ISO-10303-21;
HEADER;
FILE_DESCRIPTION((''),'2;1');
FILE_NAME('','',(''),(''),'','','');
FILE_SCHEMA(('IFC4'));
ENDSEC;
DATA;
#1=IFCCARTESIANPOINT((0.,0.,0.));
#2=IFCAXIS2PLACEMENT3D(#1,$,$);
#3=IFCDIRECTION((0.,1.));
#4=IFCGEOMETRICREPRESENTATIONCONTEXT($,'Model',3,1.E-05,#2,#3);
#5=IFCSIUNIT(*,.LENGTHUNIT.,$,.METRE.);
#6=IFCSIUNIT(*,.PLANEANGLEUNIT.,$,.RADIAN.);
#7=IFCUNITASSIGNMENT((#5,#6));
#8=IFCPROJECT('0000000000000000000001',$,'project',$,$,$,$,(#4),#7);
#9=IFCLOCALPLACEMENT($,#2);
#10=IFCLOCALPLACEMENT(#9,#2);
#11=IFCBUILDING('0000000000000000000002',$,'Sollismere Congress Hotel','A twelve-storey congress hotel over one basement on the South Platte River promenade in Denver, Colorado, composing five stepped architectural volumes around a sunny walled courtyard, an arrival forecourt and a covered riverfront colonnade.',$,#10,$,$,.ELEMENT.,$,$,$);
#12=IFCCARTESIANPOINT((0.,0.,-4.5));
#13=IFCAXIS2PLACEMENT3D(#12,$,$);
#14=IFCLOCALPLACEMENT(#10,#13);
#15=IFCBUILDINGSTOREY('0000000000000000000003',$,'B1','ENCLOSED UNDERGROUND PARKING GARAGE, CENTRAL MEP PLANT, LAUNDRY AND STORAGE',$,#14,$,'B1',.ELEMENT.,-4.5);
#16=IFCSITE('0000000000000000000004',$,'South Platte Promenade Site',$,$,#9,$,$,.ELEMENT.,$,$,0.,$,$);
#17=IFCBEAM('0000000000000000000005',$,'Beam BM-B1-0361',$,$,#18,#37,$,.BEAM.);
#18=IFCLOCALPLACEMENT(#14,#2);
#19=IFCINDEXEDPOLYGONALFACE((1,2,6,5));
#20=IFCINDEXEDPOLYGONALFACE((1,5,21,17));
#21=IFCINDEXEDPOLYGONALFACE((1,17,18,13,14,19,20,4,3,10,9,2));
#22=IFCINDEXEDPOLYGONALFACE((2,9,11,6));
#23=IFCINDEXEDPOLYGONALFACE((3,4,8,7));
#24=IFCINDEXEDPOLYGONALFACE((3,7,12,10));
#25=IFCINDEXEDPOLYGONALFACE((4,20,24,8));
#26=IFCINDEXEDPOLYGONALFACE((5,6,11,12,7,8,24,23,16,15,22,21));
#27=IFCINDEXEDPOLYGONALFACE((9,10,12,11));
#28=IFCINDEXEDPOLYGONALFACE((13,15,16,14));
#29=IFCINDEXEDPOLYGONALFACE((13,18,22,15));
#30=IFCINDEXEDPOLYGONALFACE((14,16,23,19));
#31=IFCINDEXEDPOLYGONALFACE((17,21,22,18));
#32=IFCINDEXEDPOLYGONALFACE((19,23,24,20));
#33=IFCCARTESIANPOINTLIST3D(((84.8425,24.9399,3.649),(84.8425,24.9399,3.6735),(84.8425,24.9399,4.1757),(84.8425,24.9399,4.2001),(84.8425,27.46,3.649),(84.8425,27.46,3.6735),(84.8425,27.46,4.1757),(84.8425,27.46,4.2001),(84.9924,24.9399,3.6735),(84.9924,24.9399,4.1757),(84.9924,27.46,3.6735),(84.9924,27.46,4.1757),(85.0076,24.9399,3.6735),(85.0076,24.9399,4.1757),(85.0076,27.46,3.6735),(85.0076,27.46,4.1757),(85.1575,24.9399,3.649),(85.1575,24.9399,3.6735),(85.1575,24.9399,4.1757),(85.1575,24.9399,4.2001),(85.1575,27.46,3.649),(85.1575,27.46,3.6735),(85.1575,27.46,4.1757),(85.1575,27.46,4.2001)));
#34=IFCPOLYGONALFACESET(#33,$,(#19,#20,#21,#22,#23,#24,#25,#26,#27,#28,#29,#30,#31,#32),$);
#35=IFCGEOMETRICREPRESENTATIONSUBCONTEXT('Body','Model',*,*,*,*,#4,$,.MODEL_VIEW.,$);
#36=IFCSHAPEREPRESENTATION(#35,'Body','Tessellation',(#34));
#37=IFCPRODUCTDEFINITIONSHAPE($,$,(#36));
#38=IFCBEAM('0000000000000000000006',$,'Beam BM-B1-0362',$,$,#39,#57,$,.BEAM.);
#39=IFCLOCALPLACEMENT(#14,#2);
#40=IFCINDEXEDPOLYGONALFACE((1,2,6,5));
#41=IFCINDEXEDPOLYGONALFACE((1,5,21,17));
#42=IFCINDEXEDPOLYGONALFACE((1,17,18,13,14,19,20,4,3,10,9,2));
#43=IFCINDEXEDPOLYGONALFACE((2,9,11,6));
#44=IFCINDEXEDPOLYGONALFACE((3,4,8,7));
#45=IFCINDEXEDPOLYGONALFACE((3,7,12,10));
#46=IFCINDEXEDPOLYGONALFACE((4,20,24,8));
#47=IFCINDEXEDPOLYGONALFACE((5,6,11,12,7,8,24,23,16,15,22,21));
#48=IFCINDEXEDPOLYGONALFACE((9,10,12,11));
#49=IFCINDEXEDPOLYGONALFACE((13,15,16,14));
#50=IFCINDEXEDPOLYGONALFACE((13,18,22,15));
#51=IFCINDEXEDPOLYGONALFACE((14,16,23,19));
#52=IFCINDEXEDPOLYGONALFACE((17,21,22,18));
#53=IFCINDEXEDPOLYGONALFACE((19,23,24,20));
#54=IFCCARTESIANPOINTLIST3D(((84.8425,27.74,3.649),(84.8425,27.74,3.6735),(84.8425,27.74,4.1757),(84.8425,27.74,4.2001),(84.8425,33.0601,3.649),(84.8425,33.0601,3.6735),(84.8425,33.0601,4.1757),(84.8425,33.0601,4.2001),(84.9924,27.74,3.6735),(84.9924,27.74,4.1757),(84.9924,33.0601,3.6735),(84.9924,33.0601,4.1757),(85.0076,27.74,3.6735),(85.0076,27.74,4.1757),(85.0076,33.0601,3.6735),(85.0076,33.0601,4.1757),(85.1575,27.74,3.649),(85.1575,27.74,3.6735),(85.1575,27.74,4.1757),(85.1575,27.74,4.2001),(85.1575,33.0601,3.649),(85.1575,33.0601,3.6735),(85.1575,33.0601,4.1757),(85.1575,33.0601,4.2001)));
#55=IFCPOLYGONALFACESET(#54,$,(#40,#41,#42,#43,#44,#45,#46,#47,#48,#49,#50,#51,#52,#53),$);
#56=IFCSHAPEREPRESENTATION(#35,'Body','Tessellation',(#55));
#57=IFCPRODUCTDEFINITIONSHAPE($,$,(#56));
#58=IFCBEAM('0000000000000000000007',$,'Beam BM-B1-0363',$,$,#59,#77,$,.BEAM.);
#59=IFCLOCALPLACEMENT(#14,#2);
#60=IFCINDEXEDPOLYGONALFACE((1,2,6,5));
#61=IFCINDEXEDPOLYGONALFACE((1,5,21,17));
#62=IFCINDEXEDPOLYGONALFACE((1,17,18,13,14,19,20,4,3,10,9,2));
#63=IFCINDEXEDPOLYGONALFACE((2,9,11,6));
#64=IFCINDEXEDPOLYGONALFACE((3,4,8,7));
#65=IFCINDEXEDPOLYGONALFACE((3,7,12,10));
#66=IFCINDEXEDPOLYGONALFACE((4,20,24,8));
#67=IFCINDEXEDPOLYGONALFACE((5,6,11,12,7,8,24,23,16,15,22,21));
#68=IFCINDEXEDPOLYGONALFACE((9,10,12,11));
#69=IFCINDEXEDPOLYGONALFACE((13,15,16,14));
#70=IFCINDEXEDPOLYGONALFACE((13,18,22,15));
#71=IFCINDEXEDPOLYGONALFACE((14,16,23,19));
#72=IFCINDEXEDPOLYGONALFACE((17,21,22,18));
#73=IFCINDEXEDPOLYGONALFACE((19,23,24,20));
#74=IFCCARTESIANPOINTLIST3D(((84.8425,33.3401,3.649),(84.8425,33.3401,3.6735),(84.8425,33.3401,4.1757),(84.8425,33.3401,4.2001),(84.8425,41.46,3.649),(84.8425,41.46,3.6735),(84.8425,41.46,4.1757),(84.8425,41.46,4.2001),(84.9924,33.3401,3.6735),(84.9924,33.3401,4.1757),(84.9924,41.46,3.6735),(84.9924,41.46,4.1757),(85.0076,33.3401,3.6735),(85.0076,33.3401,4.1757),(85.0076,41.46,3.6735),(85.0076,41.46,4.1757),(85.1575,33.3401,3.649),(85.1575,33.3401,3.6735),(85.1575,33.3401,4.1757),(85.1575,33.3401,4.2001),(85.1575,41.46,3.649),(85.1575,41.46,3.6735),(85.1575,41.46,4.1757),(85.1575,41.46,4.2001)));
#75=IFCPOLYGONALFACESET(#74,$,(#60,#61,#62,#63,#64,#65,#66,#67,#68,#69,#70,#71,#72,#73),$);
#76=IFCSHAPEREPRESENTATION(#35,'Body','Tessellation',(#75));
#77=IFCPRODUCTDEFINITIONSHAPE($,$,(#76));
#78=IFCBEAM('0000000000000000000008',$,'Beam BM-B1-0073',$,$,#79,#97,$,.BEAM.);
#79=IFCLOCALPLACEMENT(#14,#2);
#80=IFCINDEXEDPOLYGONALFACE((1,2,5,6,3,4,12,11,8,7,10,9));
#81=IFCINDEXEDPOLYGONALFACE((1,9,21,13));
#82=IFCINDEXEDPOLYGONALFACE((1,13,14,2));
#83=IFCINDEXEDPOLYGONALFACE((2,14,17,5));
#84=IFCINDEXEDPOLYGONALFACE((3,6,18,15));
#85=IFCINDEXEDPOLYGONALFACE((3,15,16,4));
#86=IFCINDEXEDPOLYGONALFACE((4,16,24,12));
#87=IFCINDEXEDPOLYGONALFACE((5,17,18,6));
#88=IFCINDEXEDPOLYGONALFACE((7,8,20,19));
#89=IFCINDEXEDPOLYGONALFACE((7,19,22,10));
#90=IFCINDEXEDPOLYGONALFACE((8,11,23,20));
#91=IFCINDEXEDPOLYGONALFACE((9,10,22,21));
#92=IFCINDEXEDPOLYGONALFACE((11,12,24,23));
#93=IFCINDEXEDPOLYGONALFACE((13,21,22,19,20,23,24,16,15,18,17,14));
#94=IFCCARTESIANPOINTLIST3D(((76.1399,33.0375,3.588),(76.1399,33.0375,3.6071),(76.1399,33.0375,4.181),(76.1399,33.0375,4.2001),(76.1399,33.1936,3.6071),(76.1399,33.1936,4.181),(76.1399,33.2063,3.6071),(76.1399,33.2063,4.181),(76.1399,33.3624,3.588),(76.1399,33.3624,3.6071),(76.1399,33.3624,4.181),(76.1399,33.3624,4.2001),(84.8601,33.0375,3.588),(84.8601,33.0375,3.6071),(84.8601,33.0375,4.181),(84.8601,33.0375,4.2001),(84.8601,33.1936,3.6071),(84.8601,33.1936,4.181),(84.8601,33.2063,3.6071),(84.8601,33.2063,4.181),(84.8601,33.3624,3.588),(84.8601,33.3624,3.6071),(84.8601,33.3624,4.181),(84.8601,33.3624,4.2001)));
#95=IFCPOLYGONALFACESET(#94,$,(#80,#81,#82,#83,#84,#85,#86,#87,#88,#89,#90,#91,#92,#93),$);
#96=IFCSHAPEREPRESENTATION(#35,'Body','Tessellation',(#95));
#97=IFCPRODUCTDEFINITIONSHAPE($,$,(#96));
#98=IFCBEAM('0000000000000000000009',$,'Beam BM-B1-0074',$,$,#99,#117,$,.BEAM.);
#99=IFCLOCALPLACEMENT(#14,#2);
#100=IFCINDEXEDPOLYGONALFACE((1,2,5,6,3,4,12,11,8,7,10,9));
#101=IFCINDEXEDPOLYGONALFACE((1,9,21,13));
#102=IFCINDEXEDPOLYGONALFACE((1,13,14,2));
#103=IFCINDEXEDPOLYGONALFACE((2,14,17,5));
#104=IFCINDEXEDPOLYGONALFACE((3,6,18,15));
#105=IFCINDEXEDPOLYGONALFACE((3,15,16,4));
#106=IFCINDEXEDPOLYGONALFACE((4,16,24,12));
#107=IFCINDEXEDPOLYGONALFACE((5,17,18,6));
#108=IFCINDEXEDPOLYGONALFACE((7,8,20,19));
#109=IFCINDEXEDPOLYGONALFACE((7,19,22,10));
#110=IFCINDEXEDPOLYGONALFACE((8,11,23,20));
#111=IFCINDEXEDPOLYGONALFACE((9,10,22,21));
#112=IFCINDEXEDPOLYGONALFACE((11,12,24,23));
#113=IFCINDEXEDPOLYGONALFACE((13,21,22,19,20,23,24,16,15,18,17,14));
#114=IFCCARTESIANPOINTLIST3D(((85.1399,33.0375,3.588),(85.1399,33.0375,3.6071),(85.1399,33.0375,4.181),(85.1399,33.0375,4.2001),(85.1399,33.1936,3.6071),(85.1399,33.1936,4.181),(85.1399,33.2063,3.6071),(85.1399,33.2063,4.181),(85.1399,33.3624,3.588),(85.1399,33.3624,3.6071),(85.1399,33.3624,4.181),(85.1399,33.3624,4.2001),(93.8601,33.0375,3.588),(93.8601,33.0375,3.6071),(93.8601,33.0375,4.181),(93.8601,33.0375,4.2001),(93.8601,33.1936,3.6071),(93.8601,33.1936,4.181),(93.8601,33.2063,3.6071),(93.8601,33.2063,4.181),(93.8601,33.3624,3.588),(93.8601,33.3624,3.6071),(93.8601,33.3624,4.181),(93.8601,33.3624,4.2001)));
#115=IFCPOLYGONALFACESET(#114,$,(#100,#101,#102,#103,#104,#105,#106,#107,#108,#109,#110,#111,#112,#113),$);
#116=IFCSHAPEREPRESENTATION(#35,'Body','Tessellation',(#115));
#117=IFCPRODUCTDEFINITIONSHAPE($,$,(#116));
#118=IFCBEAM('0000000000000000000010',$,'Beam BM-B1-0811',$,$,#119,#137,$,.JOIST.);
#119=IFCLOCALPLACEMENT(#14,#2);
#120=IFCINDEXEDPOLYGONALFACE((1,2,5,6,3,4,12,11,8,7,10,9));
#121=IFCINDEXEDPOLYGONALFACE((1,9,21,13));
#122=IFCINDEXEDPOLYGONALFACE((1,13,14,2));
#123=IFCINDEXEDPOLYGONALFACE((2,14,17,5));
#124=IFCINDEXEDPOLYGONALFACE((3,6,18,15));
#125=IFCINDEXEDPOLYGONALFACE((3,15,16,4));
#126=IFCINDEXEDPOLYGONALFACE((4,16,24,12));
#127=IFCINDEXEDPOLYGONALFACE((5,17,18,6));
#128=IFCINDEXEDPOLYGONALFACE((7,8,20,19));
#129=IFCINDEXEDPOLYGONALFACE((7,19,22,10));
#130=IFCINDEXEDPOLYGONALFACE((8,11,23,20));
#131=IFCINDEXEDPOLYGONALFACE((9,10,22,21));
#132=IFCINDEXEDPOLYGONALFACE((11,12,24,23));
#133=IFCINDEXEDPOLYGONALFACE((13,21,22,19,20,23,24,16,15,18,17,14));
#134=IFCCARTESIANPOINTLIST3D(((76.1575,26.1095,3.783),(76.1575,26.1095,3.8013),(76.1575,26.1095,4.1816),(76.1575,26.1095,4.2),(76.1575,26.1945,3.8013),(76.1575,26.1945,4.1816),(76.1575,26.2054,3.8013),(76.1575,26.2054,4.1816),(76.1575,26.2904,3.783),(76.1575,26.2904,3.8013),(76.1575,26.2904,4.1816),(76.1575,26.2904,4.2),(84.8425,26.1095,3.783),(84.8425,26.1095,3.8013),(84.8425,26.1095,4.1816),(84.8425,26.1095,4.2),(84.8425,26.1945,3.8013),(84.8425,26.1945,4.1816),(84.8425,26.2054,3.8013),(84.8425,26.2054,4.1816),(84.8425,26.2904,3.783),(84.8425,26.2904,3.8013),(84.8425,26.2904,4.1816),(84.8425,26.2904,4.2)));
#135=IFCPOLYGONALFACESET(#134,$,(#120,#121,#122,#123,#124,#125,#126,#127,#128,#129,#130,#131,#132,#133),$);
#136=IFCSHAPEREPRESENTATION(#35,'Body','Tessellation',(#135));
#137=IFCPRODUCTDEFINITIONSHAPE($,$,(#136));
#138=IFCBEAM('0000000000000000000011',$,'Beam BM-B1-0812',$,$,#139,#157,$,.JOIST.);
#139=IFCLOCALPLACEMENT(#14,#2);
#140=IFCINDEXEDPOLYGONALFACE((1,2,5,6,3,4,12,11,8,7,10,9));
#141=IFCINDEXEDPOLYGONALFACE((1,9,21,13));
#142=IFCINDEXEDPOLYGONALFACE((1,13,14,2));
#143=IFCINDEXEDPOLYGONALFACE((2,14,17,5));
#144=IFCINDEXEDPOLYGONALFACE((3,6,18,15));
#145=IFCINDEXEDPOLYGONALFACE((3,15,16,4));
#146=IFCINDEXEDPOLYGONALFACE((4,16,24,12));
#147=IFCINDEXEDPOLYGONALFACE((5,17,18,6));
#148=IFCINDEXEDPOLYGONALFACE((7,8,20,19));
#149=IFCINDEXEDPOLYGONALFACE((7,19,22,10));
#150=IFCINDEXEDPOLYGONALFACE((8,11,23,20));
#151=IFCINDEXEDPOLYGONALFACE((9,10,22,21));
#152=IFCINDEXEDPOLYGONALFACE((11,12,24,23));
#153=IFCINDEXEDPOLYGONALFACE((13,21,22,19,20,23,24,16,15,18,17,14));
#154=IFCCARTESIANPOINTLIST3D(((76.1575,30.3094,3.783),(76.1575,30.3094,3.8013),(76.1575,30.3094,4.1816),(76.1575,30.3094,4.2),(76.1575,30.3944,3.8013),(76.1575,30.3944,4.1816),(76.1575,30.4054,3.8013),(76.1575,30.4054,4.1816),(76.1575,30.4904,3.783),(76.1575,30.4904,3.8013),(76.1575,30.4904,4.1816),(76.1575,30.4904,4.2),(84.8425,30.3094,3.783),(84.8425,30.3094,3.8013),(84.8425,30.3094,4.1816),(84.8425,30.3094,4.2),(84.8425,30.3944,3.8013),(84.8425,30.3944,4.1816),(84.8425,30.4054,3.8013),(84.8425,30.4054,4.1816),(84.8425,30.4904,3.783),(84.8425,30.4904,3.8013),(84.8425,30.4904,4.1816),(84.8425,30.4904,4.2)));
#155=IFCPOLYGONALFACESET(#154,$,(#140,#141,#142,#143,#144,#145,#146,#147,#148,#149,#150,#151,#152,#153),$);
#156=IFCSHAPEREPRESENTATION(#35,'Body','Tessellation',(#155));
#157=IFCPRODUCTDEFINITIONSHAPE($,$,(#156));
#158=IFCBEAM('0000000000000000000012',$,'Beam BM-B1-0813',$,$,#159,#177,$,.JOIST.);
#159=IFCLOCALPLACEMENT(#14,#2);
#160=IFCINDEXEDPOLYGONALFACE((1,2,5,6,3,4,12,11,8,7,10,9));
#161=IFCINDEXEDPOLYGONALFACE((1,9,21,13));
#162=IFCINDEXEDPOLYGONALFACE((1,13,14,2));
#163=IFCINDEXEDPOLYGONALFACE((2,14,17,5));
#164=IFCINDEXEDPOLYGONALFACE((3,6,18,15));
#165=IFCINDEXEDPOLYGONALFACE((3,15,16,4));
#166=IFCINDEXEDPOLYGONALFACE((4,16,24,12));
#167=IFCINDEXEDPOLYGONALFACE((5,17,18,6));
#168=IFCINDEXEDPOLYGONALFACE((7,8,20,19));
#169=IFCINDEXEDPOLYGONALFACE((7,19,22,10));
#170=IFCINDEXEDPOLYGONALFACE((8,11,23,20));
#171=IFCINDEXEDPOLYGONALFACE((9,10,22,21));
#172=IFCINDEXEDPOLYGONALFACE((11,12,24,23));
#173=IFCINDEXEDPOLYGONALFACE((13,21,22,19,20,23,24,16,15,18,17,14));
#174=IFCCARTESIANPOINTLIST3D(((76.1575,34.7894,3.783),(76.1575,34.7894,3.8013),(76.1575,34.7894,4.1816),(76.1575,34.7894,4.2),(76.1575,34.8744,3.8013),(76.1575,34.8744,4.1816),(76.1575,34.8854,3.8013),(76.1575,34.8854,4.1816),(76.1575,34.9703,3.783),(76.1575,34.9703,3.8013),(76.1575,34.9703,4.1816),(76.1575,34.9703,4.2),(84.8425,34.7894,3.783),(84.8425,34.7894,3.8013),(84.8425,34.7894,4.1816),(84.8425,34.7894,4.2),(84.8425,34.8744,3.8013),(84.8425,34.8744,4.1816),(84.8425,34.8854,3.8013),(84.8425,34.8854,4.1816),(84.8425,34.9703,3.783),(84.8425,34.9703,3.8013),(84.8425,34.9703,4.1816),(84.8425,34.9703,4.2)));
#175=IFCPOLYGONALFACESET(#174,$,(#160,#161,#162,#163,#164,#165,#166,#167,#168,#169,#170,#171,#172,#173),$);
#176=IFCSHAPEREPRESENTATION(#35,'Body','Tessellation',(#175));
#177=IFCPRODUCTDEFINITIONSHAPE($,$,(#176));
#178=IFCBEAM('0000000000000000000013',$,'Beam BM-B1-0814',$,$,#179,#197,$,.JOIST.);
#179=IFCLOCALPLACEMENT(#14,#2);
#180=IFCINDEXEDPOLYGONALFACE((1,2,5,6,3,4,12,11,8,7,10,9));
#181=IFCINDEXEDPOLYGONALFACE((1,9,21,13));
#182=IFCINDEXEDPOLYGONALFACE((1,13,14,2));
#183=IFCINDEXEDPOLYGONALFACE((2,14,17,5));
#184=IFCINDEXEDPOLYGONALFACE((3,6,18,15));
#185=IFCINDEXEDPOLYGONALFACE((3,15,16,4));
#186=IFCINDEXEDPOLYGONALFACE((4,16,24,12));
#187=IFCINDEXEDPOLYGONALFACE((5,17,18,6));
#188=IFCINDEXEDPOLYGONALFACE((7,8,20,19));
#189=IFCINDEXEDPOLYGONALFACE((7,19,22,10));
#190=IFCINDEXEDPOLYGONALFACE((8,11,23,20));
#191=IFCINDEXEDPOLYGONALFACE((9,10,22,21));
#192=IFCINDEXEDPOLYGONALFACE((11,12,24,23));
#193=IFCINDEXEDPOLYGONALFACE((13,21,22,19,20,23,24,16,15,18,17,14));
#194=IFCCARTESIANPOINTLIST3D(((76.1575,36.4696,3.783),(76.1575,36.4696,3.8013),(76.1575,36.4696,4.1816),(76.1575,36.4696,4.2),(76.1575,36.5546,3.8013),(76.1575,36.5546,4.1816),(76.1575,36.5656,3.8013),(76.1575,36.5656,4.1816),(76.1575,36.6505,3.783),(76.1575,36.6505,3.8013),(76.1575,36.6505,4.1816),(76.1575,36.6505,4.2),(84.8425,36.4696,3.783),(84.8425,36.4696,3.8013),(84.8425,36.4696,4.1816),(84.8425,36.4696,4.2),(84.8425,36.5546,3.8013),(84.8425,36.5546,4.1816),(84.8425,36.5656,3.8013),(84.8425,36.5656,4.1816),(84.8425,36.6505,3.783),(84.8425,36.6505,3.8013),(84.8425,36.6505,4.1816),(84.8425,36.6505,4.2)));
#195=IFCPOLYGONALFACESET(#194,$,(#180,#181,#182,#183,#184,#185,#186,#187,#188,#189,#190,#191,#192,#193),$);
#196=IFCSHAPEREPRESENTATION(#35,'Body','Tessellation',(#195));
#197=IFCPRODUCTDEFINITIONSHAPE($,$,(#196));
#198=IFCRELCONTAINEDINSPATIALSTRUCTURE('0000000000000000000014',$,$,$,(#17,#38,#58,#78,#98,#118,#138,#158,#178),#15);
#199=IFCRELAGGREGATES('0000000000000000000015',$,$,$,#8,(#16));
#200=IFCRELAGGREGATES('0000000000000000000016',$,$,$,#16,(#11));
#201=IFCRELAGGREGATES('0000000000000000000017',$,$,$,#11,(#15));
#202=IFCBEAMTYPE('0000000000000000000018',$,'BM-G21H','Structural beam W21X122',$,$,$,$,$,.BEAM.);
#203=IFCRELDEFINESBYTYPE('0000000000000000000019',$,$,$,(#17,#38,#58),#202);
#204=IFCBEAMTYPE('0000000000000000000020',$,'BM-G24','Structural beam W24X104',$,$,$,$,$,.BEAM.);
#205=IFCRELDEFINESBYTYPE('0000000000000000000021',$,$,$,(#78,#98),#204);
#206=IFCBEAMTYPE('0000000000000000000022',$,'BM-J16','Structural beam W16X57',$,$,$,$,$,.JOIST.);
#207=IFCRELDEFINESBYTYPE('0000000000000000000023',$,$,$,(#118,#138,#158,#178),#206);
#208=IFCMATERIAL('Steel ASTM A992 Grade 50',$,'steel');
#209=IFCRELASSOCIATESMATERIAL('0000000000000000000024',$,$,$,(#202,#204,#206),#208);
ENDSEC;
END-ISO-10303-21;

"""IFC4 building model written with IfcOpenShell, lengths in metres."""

from ifc_helpers import new_model, si_unit, direction, frame, origin, origin_2d, place, context, subcontext, project, spatial, i_section, extrude, material, material_profile, profile_set, type_object, element, save


model = new_model("IFC4")

# Units and contexts
model_context = context("Model", 3, precision=1e-05, world=origin(), true_north=direction((0.0, 1.0)))
body_context = subcontext(model_context, "Body", "Model", "MODEL_VIEW")
ifc_project = project(units=[si_unit("LENGTHUNIT", "METRE"), si_unit("PLANEANGLEUNIT", "RADIAN")], contexts=[model_context])

# Site, building, storey
site_placement = place(None, origin())
site = spatial("IfcSite", under=ifc_project, at=site_placement, Name="South Platte Promenade Site", CompositionType="ELEMENT", RefElevation=0.0)
building_placement = place(site_placement, origin())
building = spatial("IfcBuilding", under=site, at=building_placement, Name="Sollismere Congress Hotel", Description="A twelve-storey congress hotel over one basement on the South Platte River promenade in Denver, Colorado, composing five stepped architectural volumes around a sunny walled courtyard, an arrival forecourt and a covered riverfront colonnade.", CompositionType="ELEMENT")
storey_placement = place(building_placement, frame((0.0, 0.0, -4.5)))
storey = spatial("IfcBuildingStorey", under=building, at=storey_placement, Name="B1", Description="ENCLOSED UNDERGROUND PARKING GARAGE, CENTRAL MEP PLANT, LAUNDRY AND STORAGE", LongName="B1", CompositionType="ELEMENT", Elevation=-4.5)

# Beams
ifc_material_1 = material(Name="Steel ASTM A992 Grade 50", Category="steel")
ifc_material_profile_1 = material_profile(ifc_material_1, i_section(OverallWidth=0.3149, OverallDepth=0.551, WebThickness=0.0151, FlangeThickness=0.0244, at=origin_2d()), Name="W21X122")
ifc_profile_set_1 = profile_set([ifc_material_profile_1], Name="Steel ASTM A992 Grade 50")
beam_type_1 = type_object("IfcBeamType", Name="BM-G21H", Description="Structural beam W21X122", PredefinedType="BEAM", material=ifc_profile_set_1)
beam_1_placement = place(storey_placement, frame((85.0, 24.9399, 3.9246), z_axis=(0.0, 1.0, 0.0), x_axis=(-1.0, 0.0, 0.0)))
element("IfcBeam", 1, at=beam_1_placement, inside=storey, type_object=beam_type_1, Name="Beam BM-B1-0361", PredefinedType="BEAM", context=body_context, shape_type="SweptSolid", body=[
    extrude(i_section(OverallWidth=0.3149, OverallDepth=0.551, WebThickness=0.0151, FlangeThickness=0.0244, at=origin_2d()), origin(), (0.0, 0.0, 1.0), 2.52),
])
beam_2_placement = place(storey_placement, frame((85.0, 27.74, 3.9246), z_axis=(0.0, 1.0, 0.0), x_axis=(-1.0, 0.0, 0.0)))
element("IfcBeam", 2, at=beam_2_placement, inside=storey, type_object=beam_type_1, Name="Beam BM-B1-0362", PredefinedType="BEAM", context=body_context, shape_type="SweptSolid", body=[
    extrude(i_section(OverallWidth=0.3149, OverallDepth=0.551, WebThickness=0.0151, FlangeThickness=0.0244, at=origin_2d()), origin(), (0.0, 0.0, 1.0), 5.3201),
])
beam_3_placement = place(storey_placement, frame((85.0, 33.3401, 3.9246), z_axis=(0.0, 1.0, 0.0), x_axis=(-1.0, 0.0, 0.0)))
element("IfcBeam", 3, at=beam_3_placement, inside=storey, type_object=beam_type_1, Name="Beam BM-B1-0363", PredefinedType="BEAM", context=body_context, shape_type="SweptSolid", body=[
    extrude(i_section(OverallWidth=0.3149, OverallDepth=0.551, WebThickness=0.0151, FlangeThickness=0.0244, at=origin_2d()), origin(), (0.0, 0.0, 1.0), 8.1199),
])
ifc_material_profile_2 = material_profile(ifc_material_1, i_section(OverallWidth=0.325, OverallDepth=0.6121, WebThickness=0.0127, FlangeThickness=0.019, at=origin_2d()), Name="W24X104")
ifc_profile_set_2 = profile_set([ifc_material_profile_2], Name="Steel ASTM A992 Grade 50")
beam_type_2 = type_object("IfcBeamType", Name="BM-G24", Description="Structural beam W24X104", PredefinedType="BEAM", material=ifc_profile_set_2)
for number, where, z_axis, x_axis, name in (
    (4, (76.1399, 33.2, 3.894), (1.0, 0.0, 0.0), (0.0, 1.0, 0.0), "Beam BM-B1-0073"),
    (5, (85.1399, 33.2, 3.894), (1.0, 0.0, 0.0), (0.0, 1.0, 0.0), "Beam BM-B1-0074"),
):
    element("IfcBeam", number, at=place(storey_placement, frame(where, z_axis=z_axis, x_axis=x_axis)), inside=storey, type_object=beam_type_2, Name=name, PredefinedType="BEAM", context=body_context, shape_type="SweptSolid", body=[
        extrude(i_section(OverallWidth=0.325, OverallDepth=0.6121, WebThickness=0.0127, FlangeThickness=0.019, at=origin_2d()), origin(), (0.0, 0.0, 1.0), 8.7202),
    ])
ifc_material_profile_3 = material_profile(ifc_material_1, i_section(OverallWidth=0.1809, OverallDepth=0.417, WebThickness=0.011, FlangeThickness=0.0183, at=origin_2d()), Name="W16X57")
ifc_profile_set_3 = profile_set([ifc_material_profile_3], Name="Steel ASTM A992 Grade 50")
beam_type_3 = type_object("IfcBeamType", Name="BM-J16", Description="Structural beam W16X57", PredefinedType="JOIST", material=ifc_profile_set_3)
for number, where, z_axis, x_axis, name in (
    (6, (76.1575, 26.2, 3.9915), (1.0, 0.0, 0.0), (0.0, 1.0, 0.0), "Beam BM-B1-0811"),
    (7, (76.1575, 30.3999, 3.9915), (1.0, 0.0, 0.0), (0.0, 1.0, 0.0), "Beam BM-B1-0812"),
    (8, (76.1575, 34.8799, 3.9915), (1.0, 0.0, 0.0), (0.0, 1.0, 0.0), "Beam BM-B1-0813"),
    (9, (76.1575, 36.5601, 3.9915), (1.0, 0.0, 0.0), (0.0, 1.0, 0.0), "Beam BM-B1-0814"),
):
    element("IfcBeam", number, at=place(storey_placement, frame(where, z_axis=z_axis, x_axis=x_axis)), inside=storey, type_object=beam_type_3, Name=name, PredefinedType="JOIST", context=body_context, shape_type="SweptSolid", body=[
        extrude(i_section(OverallWidth=0.1809, OverallDepth=0.417, WebThickness=0.011, FlangeThickness=0.0183, at=origin_2d()), origin(), (0.0, 0.0, 1.0), 8.6851),
    ])

save(model, "model.ifc")
